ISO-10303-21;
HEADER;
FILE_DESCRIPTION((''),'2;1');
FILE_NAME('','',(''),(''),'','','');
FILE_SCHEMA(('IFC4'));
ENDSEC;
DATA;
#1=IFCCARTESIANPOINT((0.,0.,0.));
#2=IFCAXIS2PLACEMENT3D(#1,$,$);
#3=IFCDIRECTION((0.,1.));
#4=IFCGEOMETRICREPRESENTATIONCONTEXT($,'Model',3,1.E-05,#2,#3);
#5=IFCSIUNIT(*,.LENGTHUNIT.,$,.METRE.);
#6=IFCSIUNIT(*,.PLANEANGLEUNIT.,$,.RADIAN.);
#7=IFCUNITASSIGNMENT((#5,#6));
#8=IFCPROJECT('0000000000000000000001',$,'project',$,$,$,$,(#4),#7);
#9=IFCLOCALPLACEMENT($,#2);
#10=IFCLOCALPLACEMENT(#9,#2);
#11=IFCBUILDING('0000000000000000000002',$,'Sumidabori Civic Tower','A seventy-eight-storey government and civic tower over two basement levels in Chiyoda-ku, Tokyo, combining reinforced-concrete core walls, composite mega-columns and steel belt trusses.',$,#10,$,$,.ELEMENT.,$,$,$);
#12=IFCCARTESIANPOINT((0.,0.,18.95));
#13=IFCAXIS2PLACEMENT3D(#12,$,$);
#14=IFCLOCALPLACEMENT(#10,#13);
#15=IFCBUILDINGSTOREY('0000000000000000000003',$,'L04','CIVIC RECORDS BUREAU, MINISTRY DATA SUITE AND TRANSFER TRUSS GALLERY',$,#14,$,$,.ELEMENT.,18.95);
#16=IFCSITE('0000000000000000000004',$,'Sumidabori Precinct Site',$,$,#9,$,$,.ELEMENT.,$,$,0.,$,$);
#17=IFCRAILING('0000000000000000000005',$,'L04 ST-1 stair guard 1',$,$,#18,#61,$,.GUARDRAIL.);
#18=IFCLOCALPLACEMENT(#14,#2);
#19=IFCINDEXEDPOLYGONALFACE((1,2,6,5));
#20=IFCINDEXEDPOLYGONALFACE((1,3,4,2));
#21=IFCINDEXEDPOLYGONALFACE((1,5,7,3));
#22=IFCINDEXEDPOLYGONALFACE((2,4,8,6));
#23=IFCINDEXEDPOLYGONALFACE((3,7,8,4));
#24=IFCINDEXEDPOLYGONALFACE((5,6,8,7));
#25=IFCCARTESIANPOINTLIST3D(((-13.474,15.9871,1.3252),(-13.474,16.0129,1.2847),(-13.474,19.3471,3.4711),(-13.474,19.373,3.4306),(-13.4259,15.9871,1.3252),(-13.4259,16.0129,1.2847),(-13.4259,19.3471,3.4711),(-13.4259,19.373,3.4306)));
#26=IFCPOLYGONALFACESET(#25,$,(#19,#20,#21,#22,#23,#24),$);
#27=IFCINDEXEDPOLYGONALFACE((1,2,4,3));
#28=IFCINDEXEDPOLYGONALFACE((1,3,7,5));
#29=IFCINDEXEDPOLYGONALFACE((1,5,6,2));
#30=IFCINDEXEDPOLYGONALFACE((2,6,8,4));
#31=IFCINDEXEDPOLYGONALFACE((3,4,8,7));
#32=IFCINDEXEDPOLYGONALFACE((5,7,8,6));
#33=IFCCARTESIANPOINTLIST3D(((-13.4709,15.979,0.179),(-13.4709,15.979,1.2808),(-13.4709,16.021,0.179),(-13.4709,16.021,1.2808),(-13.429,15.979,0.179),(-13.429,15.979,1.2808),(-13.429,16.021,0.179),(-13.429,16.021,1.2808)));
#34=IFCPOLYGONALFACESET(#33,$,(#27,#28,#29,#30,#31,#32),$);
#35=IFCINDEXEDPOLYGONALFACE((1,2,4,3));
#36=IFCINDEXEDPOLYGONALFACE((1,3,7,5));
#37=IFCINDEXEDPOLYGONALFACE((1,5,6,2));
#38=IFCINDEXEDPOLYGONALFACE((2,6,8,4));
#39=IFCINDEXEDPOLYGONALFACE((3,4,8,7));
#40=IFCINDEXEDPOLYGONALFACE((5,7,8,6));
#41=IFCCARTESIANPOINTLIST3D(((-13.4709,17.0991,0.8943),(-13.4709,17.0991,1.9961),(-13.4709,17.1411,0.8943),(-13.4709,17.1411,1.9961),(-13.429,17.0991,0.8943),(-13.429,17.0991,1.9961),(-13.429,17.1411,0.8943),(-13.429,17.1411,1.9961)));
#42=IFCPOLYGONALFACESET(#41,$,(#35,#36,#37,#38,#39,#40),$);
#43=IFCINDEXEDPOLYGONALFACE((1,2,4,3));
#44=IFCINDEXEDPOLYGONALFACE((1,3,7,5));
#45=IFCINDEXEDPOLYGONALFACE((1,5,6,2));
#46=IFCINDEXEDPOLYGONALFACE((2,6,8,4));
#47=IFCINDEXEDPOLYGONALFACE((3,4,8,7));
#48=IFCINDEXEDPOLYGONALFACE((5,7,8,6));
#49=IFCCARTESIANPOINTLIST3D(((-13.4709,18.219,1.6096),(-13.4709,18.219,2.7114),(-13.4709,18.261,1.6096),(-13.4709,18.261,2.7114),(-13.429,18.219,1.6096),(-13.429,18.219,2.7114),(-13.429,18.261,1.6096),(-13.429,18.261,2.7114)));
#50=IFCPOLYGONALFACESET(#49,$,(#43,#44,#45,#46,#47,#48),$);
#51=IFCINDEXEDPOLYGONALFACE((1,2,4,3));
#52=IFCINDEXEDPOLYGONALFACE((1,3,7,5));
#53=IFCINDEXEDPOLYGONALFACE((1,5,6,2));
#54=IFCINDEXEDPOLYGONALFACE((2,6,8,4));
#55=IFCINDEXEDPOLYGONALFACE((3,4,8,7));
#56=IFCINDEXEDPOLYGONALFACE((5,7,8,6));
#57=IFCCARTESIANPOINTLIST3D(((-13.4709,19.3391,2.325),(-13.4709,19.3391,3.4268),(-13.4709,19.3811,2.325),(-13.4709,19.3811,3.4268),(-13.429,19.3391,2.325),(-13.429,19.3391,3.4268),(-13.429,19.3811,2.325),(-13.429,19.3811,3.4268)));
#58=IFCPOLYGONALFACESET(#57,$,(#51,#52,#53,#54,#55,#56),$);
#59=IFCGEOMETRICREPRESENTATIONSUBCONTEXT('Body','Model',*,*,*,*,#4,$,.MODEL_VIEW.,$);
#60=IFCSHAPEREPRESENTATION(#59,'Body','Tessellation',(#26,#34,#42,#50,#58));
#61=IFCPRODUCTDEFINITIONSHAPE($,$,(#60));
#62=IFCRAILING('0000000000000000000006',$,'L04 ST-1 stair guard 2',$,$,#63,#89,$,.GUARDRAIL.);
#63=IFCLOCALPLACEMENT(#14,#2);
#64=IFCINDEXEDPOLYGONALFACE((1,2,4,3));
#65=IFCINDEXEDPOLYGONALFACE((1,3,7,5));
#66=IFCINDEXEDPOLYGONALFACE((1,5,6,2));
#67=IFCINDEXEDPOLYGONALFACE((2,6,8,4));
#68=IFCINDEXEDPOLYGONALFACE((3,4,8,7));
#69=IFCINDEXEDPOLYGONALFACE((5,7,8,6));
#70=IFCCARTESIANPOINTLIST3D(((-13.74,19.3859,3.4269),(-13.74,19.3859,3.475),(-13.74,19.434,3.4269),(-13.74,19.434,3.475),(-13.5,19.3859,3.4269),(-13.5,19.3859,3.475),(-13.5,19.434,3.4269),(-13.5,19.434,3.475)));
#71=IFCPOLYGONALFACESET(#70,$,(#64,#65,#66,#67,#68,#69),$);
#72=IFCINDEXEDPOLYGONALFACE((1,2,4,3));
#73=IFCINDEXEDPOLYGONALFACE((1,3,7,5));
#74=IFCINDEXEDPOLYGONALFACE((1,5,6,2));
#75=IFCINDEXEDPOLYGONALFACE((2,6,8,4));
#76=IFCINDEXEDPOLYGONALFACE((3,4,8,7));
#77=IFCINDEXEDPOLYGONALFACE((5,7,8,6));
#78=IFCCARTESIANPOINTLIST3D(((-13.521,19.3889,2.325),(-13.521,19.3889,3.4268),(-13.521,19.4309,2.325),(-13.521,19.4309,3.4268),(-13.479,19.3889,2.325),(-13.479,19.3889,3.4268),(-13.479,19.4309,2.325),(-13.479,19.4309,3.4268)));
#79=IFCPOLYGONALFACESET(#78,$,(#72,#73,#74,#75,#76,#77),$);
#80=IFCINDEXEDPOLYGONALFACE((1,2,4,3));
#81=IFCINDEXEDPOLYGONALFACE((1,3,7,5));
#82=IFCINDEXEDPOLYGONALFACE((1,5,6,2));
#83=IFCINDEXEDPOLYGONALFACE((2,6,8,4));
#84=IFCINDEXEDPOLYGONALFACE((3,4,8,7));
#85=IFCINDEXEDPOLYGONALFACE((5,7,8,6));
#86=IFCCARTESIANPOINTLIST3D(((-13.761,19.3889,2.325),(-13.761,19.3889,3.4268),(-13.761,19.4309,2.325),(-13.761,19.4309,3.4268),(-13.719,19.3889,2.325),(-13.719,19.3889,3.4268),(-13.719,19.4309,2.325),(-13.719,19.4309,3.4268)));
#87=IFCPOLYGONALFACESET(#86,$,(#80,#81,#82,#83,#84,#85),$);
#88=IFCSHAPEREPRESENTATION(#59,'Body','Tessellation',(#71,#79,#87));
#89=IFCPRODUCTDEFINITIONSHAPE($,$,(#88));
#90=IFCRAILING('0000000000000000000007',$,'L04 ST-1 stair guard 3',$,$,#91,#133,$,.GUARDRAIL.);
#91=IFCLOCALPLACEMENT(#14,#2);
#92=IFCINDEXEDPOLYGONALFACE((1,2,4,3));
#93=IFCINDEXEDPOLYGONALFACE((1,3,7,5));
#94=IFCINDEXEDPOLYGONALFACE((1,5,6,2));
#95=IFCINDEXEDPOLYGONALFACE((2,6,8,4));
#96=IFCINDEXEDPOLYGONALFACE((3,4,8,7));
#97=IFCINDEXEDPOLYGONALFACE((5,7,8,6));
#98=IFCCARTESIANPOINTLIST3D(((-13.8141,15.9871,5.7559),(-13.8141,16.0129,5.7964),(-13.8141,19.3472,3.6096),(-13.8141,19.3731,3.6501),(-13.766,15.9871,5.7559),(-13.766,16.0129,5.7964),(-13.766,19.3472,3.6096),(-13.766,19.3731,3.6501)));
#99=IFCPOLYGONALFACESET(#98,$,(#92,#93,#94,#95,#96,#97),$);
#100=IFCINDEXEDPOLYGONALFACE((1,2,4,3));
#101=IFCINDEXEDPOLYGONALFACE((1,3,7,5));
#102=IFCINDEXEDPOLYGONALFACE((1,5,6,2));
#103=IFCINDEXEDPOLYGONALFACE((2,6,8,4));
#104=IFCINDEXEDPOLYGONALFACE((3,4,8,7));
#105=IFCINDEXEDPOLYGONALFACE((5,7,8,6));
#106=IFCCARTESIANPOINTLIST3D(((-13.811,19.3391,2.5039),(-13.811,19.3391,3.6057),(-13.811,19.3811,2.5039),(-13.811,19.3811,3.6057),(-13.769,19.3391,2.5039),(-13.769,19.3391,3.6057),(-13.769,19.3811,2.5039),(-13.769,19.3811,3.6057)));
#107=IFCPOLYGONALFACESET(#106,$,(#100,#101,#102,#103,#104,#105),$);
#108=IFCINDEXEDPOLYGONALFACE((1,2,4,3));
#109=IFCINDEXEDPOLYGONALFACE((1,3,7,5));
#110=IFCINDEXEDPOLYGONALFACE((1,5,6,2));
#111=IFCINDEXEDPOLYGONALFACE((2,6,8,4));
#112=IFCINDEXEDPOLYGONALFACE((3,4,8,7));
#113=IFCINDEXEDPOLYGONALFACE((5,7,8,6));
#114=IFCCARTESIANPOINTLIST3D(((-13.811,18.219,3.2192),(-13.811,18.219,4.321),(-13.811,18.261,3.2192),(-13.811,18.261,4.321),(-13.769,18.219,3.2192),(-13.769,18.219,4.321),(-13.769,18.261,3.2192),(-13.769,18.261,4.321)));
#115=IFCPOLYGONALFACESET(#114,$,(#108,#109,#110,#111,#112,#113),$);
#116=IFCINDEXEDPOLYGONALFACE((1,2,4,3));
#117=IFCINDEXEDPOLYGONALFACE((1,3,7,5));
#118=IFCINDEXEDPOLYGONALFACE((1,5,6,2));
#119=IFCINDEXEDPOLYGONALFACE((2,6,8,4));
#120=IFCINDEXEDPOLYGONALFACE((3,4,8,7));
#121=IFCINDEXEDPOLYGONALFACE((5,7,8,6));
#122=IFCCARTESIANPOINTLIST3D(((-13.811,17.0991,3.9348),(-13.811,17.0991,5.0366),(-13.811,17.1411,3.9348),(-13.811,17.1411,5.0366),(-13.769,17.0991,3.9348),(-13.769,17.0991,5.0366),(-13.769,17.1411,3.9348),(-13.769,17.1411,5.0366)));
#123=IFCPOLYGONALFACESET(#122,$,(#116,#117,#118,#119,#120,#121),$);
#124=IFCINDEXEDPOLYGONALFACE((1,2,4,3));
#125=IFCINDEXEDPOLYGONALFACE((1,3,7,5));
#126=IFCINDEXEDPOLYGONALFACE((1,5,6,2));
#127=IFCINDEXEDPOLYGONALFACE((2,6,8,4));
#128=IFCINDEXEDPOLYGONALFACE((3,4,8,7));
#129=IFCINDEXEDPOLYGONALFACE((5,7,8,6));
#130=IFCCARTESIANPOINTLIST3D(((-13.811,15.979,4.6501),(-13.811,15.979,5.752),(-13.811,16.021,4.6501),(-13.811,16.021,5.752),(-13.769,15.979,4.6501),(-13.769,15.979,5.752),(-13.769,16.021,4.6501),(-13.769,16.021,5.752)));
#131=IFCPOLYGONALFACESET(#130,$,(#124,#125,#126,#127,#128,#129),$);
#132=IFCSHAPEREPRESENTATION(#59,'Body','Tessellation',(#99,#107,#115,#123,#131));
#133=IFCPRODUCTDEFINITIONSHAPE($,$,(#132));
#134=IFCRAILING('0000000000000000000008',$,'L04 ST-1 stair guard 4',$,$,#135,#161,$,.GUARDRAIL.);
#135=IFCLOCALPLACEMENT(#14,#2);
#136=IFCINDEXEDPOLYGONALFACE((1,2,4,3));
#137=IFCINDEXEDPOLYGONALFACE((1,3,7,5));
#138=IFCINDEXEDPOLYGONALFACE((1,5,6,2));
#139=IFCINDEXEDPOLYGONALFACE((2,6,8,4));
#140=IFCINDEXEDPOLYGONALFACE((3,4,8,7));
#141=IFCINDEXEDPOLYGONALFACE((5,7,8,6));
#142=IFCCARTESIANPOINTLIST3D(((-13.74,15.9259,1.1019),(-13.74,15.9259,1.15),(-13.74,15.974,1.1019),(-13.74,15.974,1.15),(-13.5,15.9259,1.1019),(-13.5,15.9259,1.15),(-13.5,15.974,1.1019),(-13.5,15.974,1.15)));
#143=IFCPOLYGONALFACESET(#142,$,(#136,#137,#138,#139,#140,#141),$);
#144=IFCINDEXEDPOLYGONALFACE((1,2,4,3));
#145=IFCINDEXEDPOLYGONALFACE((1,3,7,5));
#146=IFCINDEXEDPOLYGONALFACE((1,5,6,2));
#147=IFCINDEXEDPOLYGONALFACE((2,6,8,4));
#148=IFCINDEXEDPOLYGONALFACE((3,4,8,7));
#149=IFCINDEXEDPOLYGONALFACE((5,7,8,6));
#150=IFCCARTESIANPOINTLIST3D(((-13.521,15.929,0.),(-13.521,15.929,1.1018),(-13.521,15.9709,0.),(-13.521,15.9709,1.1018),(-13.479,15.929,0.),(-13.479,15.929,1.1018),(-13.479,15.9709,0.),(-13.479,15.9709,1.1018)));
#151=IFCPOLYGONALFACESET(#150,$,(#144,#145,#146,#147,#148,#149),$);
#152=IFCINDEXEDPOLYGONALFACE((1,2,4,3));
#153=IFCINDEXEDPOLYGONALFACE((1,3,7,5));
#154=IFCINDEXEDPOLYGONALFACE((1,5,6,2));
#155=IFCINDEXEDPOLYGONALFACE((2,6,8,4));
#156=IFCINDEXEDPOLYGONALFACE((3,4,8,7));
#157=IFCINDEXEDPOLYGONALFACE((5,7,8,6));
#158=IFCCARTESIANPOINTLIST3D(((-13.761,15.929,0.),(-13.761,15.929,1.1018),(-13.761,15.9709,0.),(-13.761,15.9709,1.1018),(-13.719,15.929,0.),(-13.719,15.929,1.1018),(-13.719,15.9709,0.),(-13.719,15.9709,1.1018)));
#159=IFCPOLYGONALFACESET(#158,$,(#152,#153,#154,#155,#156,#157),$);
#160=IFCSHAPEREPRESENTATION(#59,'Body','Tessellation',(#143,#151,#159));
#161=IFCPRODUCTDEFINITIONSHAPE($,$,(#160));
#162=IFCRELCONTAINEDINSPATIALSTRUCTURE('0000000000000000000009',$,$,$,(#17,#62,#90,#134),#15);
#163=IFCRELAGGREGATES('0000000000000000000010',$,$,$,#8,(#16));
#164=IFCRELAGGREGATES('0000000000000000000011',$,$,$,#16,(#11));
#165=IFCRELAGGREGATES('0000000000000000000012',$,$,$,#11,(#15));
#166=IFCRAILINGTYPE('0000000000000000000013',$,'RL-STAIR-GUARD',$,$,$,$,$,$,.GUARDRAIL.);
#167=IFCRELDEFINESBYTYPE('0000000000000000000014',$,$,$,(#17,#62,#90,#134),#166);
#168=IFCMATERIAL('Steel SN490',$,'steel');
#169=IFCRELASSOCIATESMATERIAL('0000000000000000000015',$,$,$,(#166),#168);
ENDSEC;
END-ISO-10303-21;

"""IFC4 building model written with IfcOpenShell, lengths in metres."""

from ifc_helpers import new_model, si_unit, direction, frame, origin, origin_2d, place, context, subcontext, project, spatial, rectangle, extrude, material, type_object, element, save


model = new_model("IFC4")

# Units and contexts
model_context = context("Model", 3, precision=1e-05, world=origin(), true_north=direction((0.0, 1.0)))
body_context = subcontext(model_context, "Body", "Model", "MODEL_VIEW")
ifc_project = project(units=[si_unit("LENGTHUNIT", "METRE"), si_unit("PLANEANGLEUNIT", "RADIAN")], contexts=[model_context])

# Site, building, storey
site_placement = place(None, origin())
site = spatial("IfcSite", under=ifc_project, at=site_placement, Name="Sumidabori Precinct Site", CompositionType="ELEMENT", RefElevation=0.0)
building_placement = place(site_placement, origin())
building = spatial("IfcBuilding", under=site, at=building_placement, Name="Sumidabori Civic Tower", Description="A seventy-eight-storey government and civic tower over two basement levels in Chiyoda-ku, Tokyo, combining reinforced-concrete core walls, composite mega-columns and steel belt trusses.", CompositionType="ELEMENT")
storey_placement = place(building_placement, frame((0.0, 0.0, 18.95)))
storey = spatial("IfcBuildingStorey", under=building, at=storey_placement, Name="L04", Description="CIVIC RECORDS BUREAU, MINISTRY DATA SUITE AND TRANSFER TRUSS GALLERY", CompositionType="ELEMENT", Elevation=18.95)

# Shared definitions
ifc_material_1 = material(Name="Steel SN490", Category="steel")

# Railings
railing_type_1 = type_object("IfcRailingType", Name="RL-STAIR-GUARD", PredefinedType="GUARDRAIL", material=ifc_material_1)
railing_1_placement = place(storey_placement, frame((-13.45, 16.0, 0.179)))
element("IfcRailing", 1, at=railing_1_placement, inside=storey, type_object=railing_type_1, Name="L04 ST-1 stair guard 1", PredefinedType="GUARDRAIL", context=body_context, shape_type="SweptSolid", body=[
    extrude(rectangle(XDim=0.0481, YDim=0.0481, at=origin_2d()), frame((0.0, 0.0, 1.126), z_axis=(0.0, 0.84278, 0.538258), x_axis=(-1.0, 0.0, 0.0)), (0.0, 0.0, 1.0), 3.9868),
    extrude(rectangle(XDim=0.042, YDim=0.042, at=origin_2d()), origin(), (0.0, 0.0, 1.0), 1.1018),
    extrude(rectangle(XDim=0.042, YDim=0.042, at=origin_2d()), frame((0.0, 1.1201, 0.7153)), (0.0, 0.0, 1.0), 1.1018),
    extrude(rectangle(XDim=0.042, YDim=0.042, at=origin_2d()), frame((0.0, 2.24, 1.4307)), (0.0, 0.0, 1.0), 1.1018),
    extrude(rectangle(XDim=0.042, YDim=0.042, at=origin_2d()), frame((0.0, 3.3601, 2.146)), (0.0, 0.0, 1.0), 1.1018),
])
railing_2_placement = place(storey_placement, frame((-13.5, 19.4099, 2.325)))
element("IfcRailing", 2, at=railing_2_placement, inside=storey, type_object=railing_type_1, Name="L04 ST-1 stair guard 2", PredefinedType="GUARDRAIL", context=body_context, shape_type="SweptSolid", body=[
    extrude(rectangle(XDim=0.0481, YDim=0.0481, at=origin_2d()), frame((0.0, 0.0, 1.126), z_axis=(-1.0, 0.0, 0.0), x_axis=(0.0, -1.0, 0.0)), (0.0, 0.0, 1.0), 0.24),
    extrude(rectangle(XDim=0.042, YDim=0.042, at=origin_2d()), origin(), (0.0, 0.0, 1.0), 1.1018),
    extrude(rectangle(XDim=0.042, YDim=0.042, at=origin_2d()), frame((-0.24, 0.0, 0.0)), (0.0, 0.0, 1.0), 1.1018),
])
railing_3_placement = place(storey_placement, frame((-13.79, 19.3601, 2.5039)))
element("IfcRailing", 3, at=railing_3_placement, inside=storey, type_object=railing_type_1, Name="L04 ST-1 stair guard 3", PredefinedType="GUARDRAIL", context=body_context, shape_type="SweptSolid", body=[
    extrude(rectangle(XDim=0.0481, YDim=0.0481, at=origin_2d()), frame((0.0, 0.0, 1.126), z_axis=(0.0, -0.842753, 0.538301), x_axis=(1.0, 0.0, 0.0)), (0.0, 0.0, 1.0), 3.9871),
    extrude(rectangle(XDim=0.042, YDim=0.042, at=origin_2d()), origin(), (0.0, 0.0, 1.0), 1.1018),
    extrude(rectangle(XDim=0.042, YDim=0.042, at=origin_2d()), frame((0.0, -1.1201, 0.7153)), (0.0, 0.0, 1.0), 1.1018),
    extrude(rectangle(XDim=0.042, YDim=0.042, at=origin_2d()), frame((0.0, -2.24, 1.4309)), (0.0, 0.0, 1.0), 1.1018),
    extrude(rectangle(XDim=0.042, YDim=0.042, at=origin_2d()), frame((0.0, -3.3601, 2.1462)), (0.0, 0.0, 1.0), 1.1018),
])
railing_4_placement = place(storey_placement, frame((-13.5, 15.95, 0.0)))
element("IfcRailing", 4, at=railing_4_placement, inside=storey, type_object=railing_type_1, Name="L04 ST-1 stair guard 4", PredefinedType="GUARDRAIL", context=body_context, shape_type="SweptSolid", body=[
    extrude(rectangle(XDim=0.0481, YDim=0.0481, at=origin_2d()), frame((0.0, 0.0, 1.126), z_axis=(-1.0, 0.0, 0.0), x_axis=(0.0, -1.0, 0.0)), (0.0, 0.0, 1.0), 0.24),
    extrude(rectangle(XDim=0.042, YDim=0.042, at=origin_2d()), origin(), (0.0, 0.0, 1.0), 1.1018),
    extrude(rectangle(XDim=0.042, YDim=0.042, at=origin_2d()), frame((-0.24, 0.0, 0.0)), (0.0, 0.0, 1.0), 1.1018),
])

save(model, "model.ifc")
